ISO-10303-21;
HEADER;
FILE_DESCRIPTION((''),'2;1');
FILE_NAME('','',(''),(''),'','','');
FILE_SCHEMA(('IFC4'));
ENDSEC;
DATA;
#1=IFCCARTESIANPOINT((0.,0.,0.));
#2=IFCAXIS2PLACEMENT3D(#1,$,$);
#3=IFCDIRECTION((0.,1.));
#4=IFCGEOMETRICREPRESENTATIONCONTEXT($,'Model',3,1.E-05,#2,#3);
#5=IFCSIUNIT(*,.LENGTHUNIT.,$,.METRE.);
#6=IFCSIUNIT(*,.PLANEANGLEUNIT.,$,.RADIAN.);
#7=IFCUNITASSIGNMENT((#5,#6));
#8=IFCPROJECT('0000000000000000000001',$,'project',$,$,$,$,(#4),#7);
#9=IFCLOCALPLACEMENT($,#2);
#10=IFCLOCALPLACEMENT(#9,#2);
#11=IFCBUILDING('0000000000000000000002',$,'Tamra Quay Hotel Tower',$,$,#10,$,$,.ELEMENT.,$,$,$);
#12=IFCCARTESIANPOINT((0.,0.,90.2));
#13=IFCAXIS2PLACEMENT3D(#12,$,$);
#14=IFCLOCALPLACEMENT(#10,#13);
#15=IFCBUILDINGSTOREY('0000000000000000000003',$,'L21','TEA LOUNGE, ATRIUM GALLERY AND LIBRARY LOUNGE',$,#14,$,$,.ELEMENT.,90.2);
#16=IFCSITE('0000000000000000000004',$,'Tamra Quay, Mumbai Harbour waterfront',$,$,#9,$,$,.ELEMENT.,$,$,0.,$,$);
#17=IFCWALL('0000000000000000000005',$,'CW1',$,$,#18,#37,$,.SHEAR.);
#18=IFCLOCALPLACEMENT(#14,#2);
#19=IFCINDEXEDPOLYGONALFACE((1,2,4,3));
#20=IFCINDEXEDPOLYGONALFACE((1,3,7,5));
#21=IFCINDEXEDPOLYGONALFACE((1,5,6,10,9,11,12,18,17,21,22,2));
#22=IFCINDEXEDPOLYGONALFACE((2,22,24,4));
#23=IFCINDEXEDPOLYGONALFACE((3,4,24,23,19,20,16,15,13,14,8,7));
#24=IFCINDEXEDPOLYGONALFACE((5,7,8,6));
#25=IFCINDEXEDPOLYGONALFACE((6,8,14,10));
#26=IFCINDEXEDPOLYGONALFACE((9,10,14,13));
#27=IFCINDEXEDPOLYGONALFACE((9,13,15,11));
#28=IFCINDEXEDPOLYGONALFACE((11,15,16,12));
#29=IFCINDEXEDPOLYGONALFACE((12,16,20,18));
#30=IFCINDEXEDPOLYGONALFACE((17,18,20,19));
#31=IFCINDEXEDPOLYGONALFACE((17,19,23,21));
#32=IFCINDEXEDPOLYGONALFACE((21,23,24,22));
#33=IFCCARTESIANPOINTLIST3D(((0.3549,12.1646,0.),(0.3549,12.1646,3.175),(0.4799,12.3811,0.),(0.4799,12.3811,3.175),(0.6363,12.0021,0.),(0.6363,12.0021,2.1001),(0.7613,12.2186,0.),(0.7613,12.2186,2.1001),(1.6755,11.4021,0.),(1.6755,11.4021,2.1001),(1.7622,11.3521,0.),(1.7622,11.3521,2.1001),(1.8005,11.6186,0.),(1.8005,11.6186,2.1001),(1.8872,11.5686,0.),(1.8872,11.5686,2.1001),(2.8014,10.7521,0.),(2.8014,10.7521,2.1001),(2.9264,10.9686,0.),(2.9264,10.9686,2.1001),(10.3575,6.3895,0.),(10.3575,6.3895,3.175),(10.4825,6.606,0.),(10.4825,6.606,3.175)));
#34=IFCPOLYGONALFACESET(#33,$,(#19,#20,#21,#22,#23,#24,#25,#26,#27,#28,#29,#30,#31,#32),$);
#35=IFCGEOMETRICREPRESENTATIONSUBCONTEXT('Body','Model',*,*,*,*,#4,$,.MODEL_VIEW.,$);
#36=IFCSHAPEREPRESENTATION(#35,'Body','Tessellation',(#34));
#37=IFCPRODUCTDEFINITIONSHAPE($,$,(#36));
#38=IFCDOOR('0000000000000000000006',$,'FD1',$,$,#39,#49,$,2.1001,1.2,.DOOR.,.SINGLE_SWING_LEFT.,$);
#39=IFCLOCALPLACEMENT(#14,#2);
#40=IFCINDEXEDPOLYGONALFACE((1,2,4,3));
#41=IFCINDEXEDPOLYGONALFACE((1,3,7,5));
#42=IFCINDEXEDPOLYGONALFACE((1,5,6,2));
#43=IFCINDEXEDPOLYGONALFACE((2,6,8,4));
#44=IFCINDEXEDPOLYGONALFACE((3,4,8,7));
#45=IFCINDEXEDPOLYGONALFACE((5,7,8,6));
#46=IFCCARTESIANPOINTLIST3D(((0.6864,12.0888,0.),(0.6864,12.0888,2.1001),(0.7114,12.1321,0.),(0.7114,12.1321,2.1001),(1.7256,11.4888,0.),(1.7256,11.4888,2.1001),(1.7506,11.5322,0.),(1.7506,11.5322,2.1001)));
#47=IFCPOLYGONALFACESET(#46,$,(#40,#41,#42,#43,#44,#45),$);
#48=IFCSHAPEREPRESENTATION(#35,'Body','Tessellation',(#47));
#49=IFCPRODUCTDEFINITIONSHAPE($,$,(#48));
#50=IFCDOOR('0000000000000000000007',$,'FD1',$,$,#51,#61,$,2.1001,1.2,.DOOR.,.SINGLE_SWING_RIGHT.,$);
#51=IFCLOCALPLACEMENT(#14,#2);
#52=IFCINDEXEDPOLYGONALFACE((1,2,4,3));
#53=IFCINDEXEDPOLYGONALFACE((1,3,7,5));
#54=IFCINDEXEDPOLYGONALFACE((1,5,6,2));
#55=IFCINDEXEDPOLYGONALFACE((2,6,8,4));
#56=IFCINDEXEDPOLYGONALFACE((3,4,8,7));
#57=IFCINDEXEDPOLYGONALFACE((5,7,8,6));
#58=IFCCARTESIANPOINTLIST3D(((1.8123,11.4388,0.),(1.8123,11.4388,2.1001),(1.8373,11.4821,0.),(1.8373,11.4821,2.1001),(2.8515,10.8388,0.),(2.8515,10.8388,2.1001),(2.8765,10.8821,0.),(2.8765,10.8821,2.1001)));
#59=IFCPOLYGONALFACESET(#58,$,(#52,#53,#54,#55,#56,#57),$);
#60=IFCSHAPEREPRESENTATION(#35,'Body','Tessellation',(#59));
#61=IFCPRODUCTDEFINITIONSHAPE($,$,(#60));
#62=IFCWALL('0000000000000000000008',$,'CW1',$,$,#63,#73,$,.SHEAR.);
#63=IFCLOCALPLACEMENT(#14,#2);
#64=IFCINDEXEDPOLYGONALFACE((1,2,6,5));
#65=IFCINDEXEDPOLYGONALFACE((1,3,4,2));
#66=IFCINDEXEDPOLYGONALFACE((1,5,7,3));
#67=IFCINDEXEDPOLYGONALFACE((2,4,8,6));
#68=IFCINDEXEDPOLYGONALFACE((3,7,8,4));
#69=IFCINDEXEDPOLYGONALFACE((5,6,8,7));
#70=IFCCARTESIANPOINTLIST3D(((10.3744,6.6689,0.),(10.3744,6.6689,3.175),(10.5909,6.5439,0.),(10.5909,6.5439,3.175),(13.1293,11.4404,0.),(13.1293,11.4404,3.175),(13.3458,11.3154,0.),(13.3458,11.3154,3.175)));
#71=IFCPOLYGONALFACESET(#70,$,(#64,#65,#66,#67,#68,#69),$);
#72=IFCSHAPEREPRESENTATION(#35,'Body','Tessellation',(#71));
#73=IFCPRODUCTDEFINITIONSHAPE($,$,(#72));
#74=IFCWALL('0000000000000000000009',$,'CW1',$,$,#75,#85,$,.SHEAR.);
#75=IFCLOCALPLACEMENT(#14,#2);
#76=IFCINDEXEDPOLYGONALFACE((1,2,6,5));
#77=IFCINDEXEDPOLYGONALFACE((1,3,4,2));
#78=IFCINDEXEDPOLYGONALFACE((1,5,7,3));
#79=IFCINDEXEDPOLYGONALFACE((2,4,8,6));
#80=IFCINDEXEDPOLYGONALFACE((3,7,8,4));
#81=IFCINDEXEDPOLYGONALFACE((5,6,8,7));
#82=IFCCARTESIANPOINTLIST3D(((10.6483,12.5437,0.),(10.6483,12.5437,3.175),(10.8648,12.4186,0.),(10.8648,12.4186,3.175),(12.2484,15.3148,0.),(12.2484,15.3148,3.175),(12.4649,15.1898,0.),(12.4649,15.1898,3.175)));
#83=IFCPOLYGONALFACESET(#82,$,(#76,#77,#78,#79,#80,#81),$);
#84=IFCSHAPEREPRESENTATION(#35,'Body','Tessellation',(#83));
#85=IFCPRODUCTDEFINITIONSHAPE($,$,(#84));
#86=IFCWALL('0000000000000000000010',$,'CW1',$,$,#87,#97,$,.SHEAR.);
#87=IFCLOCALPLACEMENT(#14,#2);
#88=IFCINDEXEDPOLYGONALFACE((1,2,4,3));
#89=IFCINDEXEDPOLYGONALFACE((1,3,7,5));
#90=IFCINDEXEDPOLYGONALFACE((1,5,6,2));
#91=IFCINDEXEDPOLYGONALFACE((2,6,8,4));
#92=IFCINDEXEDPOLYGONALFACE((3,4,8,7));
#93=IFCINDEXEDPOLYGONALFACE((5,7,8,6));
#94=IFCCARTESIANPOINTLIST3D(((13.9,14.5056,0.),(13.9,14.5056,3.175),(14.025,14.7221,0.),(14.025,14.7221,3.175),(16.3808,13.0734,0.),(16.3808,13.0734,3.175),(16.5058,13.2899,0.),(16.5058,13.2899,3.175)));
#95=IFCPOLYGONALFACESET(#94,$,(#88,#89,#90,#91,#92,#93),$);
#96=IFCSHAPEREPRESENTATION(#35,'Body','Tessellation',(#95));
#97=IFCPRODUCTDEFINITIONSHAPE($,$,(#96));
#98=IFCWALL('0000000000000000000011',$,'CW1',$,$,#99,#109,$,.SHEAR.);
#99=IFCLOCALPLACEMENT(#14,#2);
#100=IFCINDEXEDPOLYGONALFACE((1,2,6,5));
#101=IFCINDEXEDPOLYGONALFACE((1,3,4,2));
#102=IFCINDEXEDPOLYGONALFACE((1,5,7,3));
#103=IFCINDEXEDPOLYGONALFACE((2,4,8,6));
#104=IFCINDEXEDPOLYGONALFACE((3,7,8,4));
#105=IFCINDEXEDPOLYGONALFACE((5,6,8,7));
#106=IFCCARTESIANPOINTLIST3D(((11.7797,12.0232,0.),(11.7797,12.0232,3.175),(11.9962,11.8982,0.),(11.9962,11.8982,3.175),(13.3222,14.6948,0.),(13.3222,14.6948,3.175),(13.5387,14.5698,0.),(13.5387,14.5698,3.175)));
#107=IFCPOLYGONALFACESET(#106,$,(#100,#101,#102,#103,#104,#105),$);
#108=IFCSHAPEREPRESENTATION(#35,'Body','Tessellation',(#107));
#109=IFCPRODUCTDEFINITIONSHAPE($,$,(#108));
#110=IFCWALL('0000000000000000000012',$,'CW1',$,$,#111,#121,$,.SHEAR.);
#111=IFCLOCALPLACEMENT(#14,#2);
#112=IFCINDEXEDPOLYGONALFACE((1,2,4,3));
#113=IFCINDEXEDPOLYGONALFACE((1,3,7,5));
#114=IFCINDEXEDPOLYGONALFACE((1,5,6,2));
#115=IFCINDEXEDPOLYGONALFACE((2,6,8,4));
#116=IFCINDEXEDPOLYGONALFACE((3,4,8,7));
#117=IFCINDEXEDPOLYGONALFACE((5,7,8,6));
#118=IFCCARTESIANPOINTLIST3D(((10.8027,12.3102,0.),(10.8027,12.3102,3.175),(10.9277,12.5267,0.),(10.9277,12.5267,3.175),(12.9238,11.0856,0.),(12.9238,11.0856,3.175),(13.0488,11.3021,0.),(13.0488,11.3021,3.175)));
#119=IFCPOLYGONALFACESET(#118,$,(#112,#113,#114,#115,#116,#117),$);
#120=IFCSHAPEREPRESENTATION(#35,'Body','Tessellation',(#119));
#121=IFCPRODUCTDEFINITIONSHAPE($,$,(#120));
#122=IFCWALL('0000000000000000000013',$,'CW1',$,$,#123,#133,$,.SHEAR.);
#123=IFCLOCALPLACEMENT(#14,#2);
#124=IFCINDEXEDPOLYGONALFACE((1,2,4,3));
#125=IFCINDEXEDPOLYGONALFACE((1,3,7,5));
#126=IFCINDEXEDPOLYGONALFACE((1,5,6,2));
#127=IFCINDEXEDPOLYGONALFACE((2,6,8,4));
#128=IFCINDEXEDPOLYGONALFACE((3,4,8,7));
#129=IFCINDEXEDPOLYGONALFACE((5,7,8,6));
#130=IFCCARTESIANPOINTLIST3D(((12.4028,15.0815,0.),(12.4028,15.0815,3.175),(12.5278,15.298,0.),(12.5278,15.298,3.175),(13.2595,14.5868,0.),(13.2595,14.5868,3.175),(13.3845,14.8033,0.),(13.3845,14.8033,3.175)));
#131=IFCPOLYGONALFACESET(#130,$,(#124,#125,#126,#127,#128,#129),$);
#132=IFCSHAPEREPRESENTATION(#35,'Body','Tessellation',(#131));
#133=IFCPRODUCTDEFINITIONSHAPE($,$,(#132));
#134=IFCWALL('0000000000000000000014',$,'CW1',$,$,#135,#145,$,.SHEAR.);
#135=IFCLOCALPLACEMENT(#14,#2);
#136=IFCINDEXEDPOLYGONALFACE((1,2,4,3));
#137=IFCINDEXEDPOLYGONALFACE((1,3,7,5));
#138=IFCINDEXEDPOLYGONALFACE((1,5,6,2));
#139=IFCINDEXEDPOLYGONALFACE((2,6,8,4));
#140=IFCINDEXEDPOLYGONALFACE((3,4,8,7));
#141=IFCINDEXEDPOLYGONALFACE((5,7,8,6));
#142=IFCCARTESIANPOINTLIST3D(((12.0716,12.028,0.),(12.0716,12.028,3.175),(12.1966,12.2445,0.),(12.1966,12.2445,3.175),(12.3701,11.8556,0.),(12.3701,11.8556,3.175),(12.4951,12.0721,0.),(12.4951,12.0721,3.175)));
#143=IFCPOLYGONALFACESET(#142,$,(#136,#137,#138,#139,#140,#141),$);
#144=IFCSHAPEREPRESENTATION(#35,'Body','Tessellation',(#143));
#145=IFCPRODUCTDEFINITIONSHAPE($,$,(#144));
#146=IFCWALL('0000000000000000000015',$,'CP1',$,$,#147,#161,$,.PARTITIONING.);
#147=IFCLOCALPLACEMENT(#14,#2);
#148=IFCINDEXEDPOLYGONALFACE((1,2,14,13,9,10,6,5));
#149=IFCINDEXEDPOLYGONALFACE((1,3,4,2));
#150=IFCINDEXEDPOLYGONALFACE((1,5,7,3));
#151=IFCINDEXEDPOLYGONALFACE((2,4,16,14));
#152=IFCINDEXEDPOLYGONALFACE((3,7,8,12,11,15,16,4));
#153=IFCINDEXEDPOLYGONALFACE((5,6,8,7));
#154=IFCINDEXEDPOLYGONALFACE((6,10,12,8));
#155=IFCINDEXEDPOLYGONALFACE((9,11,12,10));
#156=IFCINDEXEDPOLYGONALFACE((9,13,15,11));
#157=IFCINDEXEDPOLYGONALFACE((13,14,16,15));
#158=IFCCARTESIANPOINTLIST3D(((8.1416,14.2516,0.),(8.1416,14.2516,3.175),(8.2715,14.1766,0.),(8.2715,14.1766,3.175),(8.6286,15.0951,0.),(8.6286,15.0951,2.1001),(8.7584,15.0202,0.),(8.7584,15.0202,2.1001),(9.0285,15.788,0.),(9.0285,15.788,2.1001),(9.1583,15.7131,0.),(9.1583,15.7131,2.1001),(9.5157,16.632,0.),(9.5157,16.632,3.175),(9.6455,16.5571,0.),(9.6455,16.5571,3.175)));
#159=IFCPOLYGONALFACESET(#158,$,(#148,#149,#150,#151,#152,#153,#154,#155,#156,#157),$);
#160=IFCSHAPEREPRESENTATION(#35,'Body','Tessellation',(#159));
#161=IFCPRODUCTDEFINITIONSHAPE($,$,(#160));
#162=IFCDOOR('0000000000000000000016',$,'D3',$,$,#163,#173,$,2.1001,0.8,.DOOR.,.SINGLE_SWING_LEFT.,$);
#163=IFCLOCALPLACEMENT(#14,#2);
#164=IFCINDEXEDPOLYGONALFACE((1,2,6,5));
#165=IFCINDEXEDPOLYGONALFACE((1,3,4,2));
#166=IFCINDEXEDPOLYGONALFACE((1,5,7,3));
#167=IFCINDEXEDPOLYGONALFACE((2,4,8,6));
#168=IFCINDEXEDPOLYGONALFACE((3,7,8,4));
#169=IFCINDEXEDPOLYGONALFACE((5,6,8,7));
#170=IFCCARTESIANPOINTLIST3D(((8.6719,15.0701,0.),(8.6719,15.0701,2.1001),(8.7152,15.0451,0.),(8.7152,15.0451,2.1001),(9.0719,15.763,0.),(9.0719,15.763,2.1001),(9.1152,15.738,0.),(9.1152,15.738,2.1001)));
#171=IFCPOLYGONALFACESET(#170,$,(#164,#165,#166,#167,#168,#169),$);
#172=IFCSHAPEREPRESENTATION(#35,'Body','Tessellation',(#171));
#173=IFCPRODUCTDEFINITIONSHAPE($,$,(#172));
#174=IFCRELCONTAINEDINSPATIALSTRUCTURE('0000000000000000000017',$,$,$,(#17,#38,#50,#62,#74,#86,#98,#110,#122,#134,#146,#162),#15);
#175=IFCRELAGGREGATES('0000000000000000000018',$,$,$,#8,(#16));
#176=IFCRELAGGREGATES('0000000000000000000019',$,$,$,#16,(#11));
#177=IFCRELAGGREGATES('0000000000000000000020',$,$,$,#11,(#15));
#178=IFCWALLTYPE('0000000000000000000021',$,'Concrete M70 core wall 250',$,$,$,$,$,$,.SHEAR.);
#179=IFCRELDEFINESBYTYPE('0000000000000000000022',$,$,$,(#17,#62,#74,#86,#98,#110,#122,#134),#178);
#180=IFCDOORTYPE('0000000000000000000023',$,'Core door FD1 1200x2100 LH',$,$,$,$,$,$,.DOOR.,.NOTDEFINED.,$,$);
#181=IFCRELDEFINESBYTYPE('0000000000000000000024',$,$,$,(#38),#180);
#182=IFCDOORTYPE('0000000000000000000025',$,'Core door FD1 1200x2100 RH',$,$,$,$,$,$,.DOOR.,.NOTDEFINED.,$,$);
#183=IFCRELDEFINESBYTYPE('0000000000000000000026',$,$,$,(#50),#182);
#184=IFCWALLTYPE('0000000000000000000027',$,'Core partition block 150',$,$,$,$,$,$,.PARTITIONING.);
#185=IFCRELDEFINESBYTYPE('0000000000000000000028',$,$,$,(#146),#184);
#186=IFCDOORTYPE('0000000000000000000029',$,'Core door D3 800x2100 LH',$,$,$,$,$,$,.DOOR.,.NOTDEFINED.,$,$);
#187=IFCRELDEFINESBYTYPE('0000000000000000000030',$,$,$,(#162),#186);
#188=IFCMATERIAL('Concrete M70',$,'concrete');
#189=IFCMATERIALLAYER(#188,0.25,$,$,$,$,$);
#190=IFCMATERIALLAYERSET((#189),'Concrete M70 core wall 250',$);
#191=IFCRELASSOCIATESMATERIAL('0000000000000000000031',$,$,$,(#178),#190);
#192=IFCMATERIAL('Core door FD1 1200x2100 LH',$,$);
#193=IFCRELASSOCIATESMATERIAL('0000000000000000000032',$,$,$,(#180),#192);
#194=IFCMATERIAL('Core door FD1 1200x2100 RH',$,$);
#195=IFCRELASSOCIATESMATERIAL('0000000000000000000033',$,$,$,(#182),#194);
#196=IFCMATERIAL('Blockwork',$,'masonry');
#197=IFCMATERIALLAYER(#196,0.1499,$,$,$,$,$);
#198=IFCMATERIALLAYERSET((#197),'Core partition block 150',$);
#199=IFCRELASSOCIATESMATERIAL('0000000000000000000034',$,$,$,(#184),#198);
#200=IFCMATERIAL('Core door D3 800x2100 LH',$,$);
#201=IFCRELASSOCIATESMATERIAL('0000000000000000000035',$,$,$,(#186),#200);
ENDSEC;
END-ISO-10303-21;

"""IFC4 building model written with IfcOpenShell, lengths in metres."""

from ifc_helpers import new_model, si_unit, direction, frame, frame_2d, origin, place, context, subcontext, project, spatial, rectangle, extrude, material, layer, layer_set, type_object, element, fill, save


model = new_model("IFC4")

# Units and contexts
model_context = context("Model", 3, precision=1e-05, world=origin(), true_north=direction((0.0, 1.0)))
body_context = subcontext(model_context, "Body", "Model", "MODEL_VIEW")
ifc_project = project(units=[si_unit("LENGTHUNIT", "METRE"), si_unit("PLANEANGLEUNIT", "RADIAN")], contexts=[model_context])

# Site, building, storey
site_placement = place(None, origin())
site = spatial("IfcSite", under=ifc_project, at=site_placement, Name="Tamra Quay, Mumbai Harbour waterfront", CompositionType="ELEMENT", RefElevation=0.0)
building_placement = place(site_placement, origin())
building = spatial("IfcBuilding", under=site, at=building_placement, Name="Tamra Quay Hotel Tower", CompositionType="ELEMENT")
storey_placement = place(building_placement, frame((0.0, 0.0, 90.2)))
storey = spatial("IfcBuildingStorey", under=building, at=storey_placement, Name="L21", Description="TEA LOUNGE, ATRIUM GALLERY AND LIBRARY LOUNGE", CompositionType="ELEMENT", Elevation=90.2)

# Shared definitions
ifc_material_1 = material(Name="Concrete M70", Category="concrete")

# Wall, openings, doors
ifc_layer_1 = layer(ifc_material_1, 0.25)
ifc_layer_set_1 = layer_set([ifc_layer_1], Name="Concrete M70 core wall 250")
wall_type_1 = type_object("IfcWallType", Name="Concrete M70 core wall 250", PredefinedType="SHEAR", material=ifc_layer_set_1)
wall_1_placement = place(storey_placement, frame((10.4199, 6.4978, 0.0), z_axis=(0.0, 0.0, 1.0), x_axis=(-0.866022, 0.500006, 0.0)))
wall_1 = element("IfcWall", 1, at=wall_1_placement, inside=storey, type_object=wall_type_1, Name="CW1", PredefinedType="SHEAR", context=body_context, shape_type="SweptSolid", body=[
    extrude(rectangle(XDim=11.55, YDim=0.25, at=frame_2d((5.7749, 0.0))), origin(), (0.0, 0.0, 1.0), 3.175),
])
opening_1_placement = place(wall_1_placement, frame((10.0249, 0.0, 0.0)))
opening_1 = element("IfcOpeningElement", 2, at=opening_1_placement, cuts=wall_1, PredefinedType="OPENING", context=body_context, shape_type="SweptSolid", body=[
    extrude(rectangle(XDim=1.2, YDim=2.1001, at=frame_2d((0.6001, 1.05))), frame((0.0, 0.135, 0.0), z_axis=(0.0, -1.0, 0.0), x_axis=(1.0, 0.0, 0.0)), (0.0, 0.0, 1.0), 0.27),
])
opening_2_placement = place(wall_1_placement, frame((8.7249, 0.0, 0.0)))
opening_2 = element("IfcOpeningElement", 3, at=opening_2_placement, cuts=wall_1, PredefinedType="OPENING", context=body_context, shape_type="SweptSolid", body=[
    extrude(rectangle(XDim=1.2, YDim=2.1001, at=frame_2d((0.6001, 1.05))), frame((0.0, 0.135, 0.0), z_axis=(0.0, -1.0, 0.0), x_axis=(1.0, 0.0, 0.0)), (0.0, 0.0, 1.0), 0.27),
])
ifc_material_2 = material(Name="Core door FD1 1200x2100 LH")
door_type_1 = type_object("IfcDoorType", Name="Core door FD1 1200x2100 LH", OperationType="NOTDEFINED", PredefinedType="DOOR", material=ifc_material_2)
door_1_placement = place(opening_1_placement, origin())
door_1 = element("IfcDoor", 4, at=door_1_placement, inside=storey, type_object=door_type_1, Name="FD1", OperationType="SINGLE_SWING_LEFT", OverallHeight=2.1001, OverallWidth=1.2, PredefinedType="DOOR", context=body_context, shape_type="SweptSolid", body=[
    extrude(rectangle(XDim=1.2, YDim=2.1001, at=frame_2d((0.6001, 1.05))), frame((0.0, 0.0249, 0.0), z_axis=(0.0, -1.0, 0.0), x_axis=(1.0, 0.0, 0.0)), (0.0, 0.0, 1.0), 0.05),
])
fill(opening_1, door_1)
ifc_material_3 = material(Name="Core door FD1 1200x2100 RH")
door_type_2 = type_object("IfcDoorType", Name="Core door FD1 1200x2100 RH", OperationType="NOTDEFINED", PredefinedType="DOOR", material=ifc_material_3)
door_2_placement = place(opening_2_placement, origin())
door_2 = element("IfcDoor", 5, at=door_2_placement, inside=storey, type_object=door_type_2, Name="FD1", OperationType="SINGLE_SWING_RIGHT", OverallHeight=2.1001, OverallWidth=1.2, PredefinedType="DOOR", context=body_context, shape_type="SweptSolid", body=[
    extrude(rectangle(XDim=1.2, YDim=2.1001, at=frame_2d((0.6001, 1.05))), frame((0.0, 0.0249, 0.0), z_axis=(0.0, -1.0, 0.0), x_axis=(1.0, 0.0, 0.0)), (0.0, 0.0, 1.0), 0.05),
])
fill(opening_2, door_2)

# Walls
wall_2_placement = place(storey_placement, frame((13.2375, 11.3779, 0.0), z_axis=(0.0, 0.0, 1.0), x_axis=(-0.500009, -0.86602, 0.0)))
element("IfcWall", 6, at=wall_2_placement, inside=storey, type_object=wall_type_1, Name="CW1", PredefinedType="SHEAR", context=body_context, shape_type="SweptSolid", body=[
    extrude(rectangle(XDim=5.5098, YDim=0.25, at=frame_2d((2.7549, 0.0))), origin(), (0.0, 0.0, 1.0), 3.175),
])
wall_3_placement = place(storey_placement, frame((12.3567, 15.2524, 0.0), z_axis=(0.0, 0.0, 1.0), x_axis=(-0.500028, -0.866009, 0.0)))
element("IfcWall", 7, at=wall_3_placement, inside=storey, type_object=wall_type_1, Name="CW1", PredefinedType="SHEAR", context=body_context, shape_type="SweptSolid", body=[
    extrude(rectangle(XDim=3.2, YDim=0.25, at=frame_2d((1.6001, 0.0))), origin(), (0.0, 0.0, 1.0), 3.175),
])
wall_4_placement = place(storey_placement, frame((13.9626, 14.6138, 0.0), z_axis=(0.0, 0.0, 1.0), x_axis=(0.866042, -0.499971, 0.0)))
element("IfcWall", 8, at=wall_4_placement, inside=storey, type_object=wall_type_1, Name="CW1", PredefinedType="SHEAR", context=body_context, shape_type="SweptSolid", body=[
    extrude(rectangle(XDim=2.8645, YDim=0.25, at=frame_2d((1.4321, 0.0))), origin(), (0.0, 0.0, 1.0), 3.175),
])
wall_5_placement = place(storey_placement, frame((11.8879, 11.9607, 0.0), z_axis=(0.0, 0.0, 1.0), x_axis=(0.500003, 0.866023, 0.0)))
element("IfcWall", 9, at=wall_5_placement, inside=storey, type_object=wall_type_1, Name="CW1", PredefinedType="SHEAR", context=body_context, shape_type="SweptSolid", body=[
    extrude(rectangle(XDim=3.085, YDim=0.25, at=frame_2d((1.5425, 0.0))), origin(), (0.0, 0.0, 1.0), 3.175),
])
wall_6_placement = place(storey_placement, frame((10.8652, 12.4185, 0.0), z_axis=(0.0, 0.0, 1.0), x_axis=(0.866026, -0.499999, 0.0)))
element("IfcWall", 10, at=wall_6_placement, inside=storey, type_object=wall_type_1, Name="CW1", PredefinedType="SHEAR", context=body_context, shape_type="SweptSolid", body=[
    extrude(rectangle(XDim=2.4492, YDim=0.25, at=frame_2d((1.2246, 0.0))), origin(), (0.0, 0.0, 1.0), 3.175),
])
wall_7_placement = place(storey_placement, frame((13.322, 14.6951, 0.0), z_axis=(0.0, 0.0, 1.0), x_axis=(-0.866017, 0.500014, 0.0)))
element("IfcWall", 11, at=wall_7_placement, inside=storey, type_object=wall_type_1, Name="CW1", PredefinedType="SHEAR", context=body_context, shape_type="SweptSolid", body=[
    extrude(rectangle(XDim=0.9893, YDim=0.25, at=frame_2d((0.4946, 0.0))), origin(), (0.0, 0.0, 1.0), 3.175),
])
wall_8_placement = place(storey_placement, frame((12.4326, 11.9639, 0.0), z_axis=(0.0, 0.0, 1.0), x_axis=(-0.866056, 0.499947, 0.0)))
element("IfcWall", 12, at=wall_8_placement, inside=storey, type_object=wall_type_1, Name="CW1", PredefinedType="SHEAR", context=body_context, shape_type="SweptSolid", body=[
    extrude(rectangle(XDim=0.3447, YDim=0.25, at=frame_2d((0.1724, 0.0))), origin(), (0.0, 0.0, 1.0), 3.175),
])

# Wall, opening, door
ifc_material_4 = material(Name="Blockwork", Category="masonry")
ifc_layer_2 = layer(ifc_material_4, 0.1499)
ifc_layer_set_2 = layer_set([ifc_layer_2], Name="Core partition block 150")
wall_type_2 = type_object("IfcWallType", Name="Core partition block 150", PredefinedType="PARTITIONING", material=ifc_layer_set_2)
wall_9_placement = place(storey_placement, frame((8.2065, 14.2141, 0.0), z_axis=(0.0, 0.0, 1.0), x_axis=(0.499922, 0.86607, 0.0)))
wall_9 = element("IfcWall", 13, at=wall_9_placement, inside=storey, type_object=wall_type_2, Name="CP1", PredefinedType="PARTITIONING", context=body_context, shape_type="SweptSolid", body=[
    extrude(rectangle(XDim=2.7485, YDim=0.1499, at=frame_2d((1.3743, 0.0))), origin(), (0.0, 0.0, 1.0), 3.175),
])
opening_3_placement = place(wall_9_placement, frame((0.9741, 0.0, 0.0)))
opening_3 = element("IfcOpeningElement", 14, at=opening_3_placement, cuts=wall_9, PredefinedType="OPENING", context=body_context, shape_type="SweptSolid", body=[
    extrude(rectangle(XDim=0.8, YDim=2.1001, at=frame_2d((0.3999, 1.05))), frame((0.0, 0.085, 0.0), z_axis=(0.0, -1.0, 0.0), x_axis=(1.0, 0.0, 0.0)), (0.0, 0.0, 1.0), 0.1699),
])
ifc_material_5 = material(Name="Core door D3 800x2100 LH")
door_type_3 = type_object("IfcDoorType", Name="Core door D3 800x2100 LH", OperationType="NOTDEFINED", PredefinedType="DOOR", material=ifc_material_5)
door_3_placement = place(opening_3_placement, origin())
door_3 = element("IfcDoor", 15, at=door_3_placement, inside=storey, type_object=door_type_3, Name="D3", OperationType="SINGLE_SWING_LEFT", OverallHeight=2.1001, OverallWidth=0.8, PredefinedType="DOOR", context=body_context, shape_type="SweptSolid", body=[
    extrude(rectangle(XDim=0.8, YDim=2.1001, at=frame_2d((0.3999, 1.05))), frame((0.0, 0.0249, 0.0), z_axis=(0.0, -1.0, 0.0), x_axis=(1.0, 0.0, 0.0)), (0.0, 0.0, 1.0), 0.05),
])
fill(opening_3, door_3)

save(model, "model.ifc")
